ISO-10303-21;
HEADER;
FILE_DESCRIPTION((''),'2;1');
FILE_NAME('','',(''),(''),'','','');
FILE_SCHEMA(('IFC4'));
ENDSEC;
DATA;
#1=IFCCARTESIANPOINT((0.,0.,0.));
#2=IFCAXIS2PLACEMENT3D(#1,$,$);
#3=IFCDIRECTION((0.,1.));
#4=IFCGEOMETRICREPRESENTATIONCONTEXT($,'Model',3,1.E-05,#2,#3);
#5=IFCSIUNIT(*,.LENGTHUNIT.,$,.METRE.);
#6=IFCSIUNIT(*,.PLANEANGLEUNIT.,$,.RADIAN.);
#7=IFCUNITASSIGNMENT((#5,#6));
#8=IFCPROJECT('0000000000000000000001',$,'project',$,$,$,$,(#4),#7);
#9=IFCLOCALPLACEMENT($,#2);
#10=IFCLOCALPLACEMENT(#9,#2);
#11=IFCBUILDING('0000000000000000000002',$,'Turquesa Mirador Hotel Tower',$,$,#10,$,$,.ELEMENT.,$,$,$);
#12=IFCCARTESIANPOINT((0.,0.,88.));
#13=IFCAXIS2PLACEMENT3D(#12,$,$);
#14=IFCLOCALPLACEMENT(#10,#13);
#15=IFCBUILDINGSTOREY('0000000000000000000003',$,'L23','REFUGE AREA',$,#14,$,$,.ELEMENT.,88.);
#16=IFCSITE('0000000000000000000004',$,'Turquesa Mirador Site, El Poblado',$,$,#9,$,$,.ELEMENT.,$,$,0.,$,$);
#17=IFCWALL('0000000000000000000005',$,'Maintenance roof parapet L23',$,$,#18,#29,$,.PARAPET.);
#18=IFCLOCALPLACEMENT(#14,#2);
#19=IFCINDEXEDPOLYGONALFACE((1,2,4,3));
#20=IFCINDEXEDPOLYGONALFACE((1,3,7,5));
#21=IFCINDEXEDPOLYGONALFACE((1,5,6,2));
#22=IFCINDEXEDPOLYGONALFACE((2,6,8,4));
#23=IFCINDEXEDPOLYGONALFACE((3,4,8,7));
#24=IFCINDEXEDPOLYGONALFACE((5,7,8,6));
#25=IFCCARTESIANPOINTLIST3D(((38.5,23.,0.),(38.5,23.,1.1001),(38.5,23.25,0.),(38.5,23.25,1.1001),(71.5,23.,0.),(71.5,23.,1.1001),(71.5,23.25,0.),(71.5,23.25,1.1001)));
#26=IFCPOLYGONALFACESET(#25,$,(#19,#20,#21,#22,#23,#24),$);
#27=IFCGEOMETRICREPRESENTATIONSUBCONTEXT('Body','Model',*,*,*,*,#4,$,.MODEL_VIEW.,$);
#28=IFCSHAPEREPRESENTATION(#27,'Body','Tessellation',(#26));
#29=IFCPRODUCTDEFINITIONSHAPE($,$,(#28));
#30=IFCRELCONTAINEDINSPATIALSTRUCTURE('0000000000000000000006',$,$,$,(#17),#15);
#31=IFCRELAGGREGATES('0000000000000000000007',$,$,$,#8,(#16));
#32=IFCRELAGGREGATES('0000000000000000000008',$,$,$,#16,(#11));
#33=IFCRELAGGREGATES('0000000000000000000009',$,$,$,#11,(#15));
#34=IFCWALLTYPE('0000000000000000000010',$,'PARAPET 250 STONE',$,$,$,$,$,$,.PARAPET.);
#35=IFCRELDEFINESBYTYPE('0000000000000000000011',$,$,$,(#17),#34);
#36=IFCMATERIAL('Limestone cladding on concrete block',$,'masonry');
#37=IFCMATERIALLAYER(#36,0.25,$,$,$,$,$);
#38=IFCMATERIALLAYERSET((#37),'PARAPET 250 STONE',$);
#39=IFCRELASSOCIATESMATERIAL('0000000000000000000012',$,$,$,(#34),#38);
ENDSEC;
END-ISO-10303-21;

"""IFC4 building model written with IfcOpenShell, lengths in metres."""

from ifc_helpers import new_model, si_unit, direction, frame, frame_2d, origin, place, context, subcontext, project, spatial, rectangle, extrude, material, layer, layer_set, type_object, element, save


model = new_model("IFC4")

# Units and contexts
model_context = context("Model", 3, precision=1e-05, world=origin(), true_north=direction((0.0, 1.0)))
body_context = subcontext(model_context, "Body", "Model", "MODEL_VIEW")
ifc_project = project(units=[si_unit("LENGTHUNIT", "METRE"), si_unit("PLANEANGLEUNIT", "RADIAN")], contexts=[model_context])

# Site, building, storey
site_placement = place(None, origin())
site = spatial("IfcSite", under=ifc_project, at=site_placement, Name="Turquesa Mirador Site, El Poblado", CompositionType="ELEMENT", RefElevation=0.0)
building_placement = place(site_placement, origin())
building = spatial("IfcBuilding", under=site, at=building_placement, Name="Turquesa Mirador Hotel Tower", CompositionType="ELEMENT")
storey_placement = place(building_placement, frame((0.0, 0.0, 88.0)))
storey = spatial("IfcBuildingStorey", under=building, at=storey_placement, Name="L23", Description="REFUGE AREA", CompositionType="ELEMENT", Elevation=88.0)

# Wall
ifc_material_1 = material(Name="Limestone cladding on concrete block", Category="masonry")
ifc_layer_1 = layer(ifc_material_1, 0.25)
ifc_layer_set_1 = layer_set([ifc_layer_1], Name="PARAPET 250 STONE")
wall_type_1 = type_object("IfcWallType", Name="PARAPET 250 STONE", PredefinedType="PARAPET", material=ifc_layer_set_1)
wall_1_placement = place(storey_placement, frame((38.5, 23.125, 0.0), z_axis=(0.0, 0.0, 1.0), x_axis=(1.0, 0.0, 0.0)))
element("IfcWall", 1, at=wall_1_placement, inside=storey, type_object=wall_type_1, Name="Maintenance roof parapet L23", PredefinedType="PARAPET", context=body_context, shape_type="SweptSolid", body=[
    extrude(rectangle(XDim=33.0, YDim=0.25, at=frame_2d((16.5, 0.0))), origin(), (0.0, 0.0, 1.0), 1.1001),
])

save(model, "model.ifc")
